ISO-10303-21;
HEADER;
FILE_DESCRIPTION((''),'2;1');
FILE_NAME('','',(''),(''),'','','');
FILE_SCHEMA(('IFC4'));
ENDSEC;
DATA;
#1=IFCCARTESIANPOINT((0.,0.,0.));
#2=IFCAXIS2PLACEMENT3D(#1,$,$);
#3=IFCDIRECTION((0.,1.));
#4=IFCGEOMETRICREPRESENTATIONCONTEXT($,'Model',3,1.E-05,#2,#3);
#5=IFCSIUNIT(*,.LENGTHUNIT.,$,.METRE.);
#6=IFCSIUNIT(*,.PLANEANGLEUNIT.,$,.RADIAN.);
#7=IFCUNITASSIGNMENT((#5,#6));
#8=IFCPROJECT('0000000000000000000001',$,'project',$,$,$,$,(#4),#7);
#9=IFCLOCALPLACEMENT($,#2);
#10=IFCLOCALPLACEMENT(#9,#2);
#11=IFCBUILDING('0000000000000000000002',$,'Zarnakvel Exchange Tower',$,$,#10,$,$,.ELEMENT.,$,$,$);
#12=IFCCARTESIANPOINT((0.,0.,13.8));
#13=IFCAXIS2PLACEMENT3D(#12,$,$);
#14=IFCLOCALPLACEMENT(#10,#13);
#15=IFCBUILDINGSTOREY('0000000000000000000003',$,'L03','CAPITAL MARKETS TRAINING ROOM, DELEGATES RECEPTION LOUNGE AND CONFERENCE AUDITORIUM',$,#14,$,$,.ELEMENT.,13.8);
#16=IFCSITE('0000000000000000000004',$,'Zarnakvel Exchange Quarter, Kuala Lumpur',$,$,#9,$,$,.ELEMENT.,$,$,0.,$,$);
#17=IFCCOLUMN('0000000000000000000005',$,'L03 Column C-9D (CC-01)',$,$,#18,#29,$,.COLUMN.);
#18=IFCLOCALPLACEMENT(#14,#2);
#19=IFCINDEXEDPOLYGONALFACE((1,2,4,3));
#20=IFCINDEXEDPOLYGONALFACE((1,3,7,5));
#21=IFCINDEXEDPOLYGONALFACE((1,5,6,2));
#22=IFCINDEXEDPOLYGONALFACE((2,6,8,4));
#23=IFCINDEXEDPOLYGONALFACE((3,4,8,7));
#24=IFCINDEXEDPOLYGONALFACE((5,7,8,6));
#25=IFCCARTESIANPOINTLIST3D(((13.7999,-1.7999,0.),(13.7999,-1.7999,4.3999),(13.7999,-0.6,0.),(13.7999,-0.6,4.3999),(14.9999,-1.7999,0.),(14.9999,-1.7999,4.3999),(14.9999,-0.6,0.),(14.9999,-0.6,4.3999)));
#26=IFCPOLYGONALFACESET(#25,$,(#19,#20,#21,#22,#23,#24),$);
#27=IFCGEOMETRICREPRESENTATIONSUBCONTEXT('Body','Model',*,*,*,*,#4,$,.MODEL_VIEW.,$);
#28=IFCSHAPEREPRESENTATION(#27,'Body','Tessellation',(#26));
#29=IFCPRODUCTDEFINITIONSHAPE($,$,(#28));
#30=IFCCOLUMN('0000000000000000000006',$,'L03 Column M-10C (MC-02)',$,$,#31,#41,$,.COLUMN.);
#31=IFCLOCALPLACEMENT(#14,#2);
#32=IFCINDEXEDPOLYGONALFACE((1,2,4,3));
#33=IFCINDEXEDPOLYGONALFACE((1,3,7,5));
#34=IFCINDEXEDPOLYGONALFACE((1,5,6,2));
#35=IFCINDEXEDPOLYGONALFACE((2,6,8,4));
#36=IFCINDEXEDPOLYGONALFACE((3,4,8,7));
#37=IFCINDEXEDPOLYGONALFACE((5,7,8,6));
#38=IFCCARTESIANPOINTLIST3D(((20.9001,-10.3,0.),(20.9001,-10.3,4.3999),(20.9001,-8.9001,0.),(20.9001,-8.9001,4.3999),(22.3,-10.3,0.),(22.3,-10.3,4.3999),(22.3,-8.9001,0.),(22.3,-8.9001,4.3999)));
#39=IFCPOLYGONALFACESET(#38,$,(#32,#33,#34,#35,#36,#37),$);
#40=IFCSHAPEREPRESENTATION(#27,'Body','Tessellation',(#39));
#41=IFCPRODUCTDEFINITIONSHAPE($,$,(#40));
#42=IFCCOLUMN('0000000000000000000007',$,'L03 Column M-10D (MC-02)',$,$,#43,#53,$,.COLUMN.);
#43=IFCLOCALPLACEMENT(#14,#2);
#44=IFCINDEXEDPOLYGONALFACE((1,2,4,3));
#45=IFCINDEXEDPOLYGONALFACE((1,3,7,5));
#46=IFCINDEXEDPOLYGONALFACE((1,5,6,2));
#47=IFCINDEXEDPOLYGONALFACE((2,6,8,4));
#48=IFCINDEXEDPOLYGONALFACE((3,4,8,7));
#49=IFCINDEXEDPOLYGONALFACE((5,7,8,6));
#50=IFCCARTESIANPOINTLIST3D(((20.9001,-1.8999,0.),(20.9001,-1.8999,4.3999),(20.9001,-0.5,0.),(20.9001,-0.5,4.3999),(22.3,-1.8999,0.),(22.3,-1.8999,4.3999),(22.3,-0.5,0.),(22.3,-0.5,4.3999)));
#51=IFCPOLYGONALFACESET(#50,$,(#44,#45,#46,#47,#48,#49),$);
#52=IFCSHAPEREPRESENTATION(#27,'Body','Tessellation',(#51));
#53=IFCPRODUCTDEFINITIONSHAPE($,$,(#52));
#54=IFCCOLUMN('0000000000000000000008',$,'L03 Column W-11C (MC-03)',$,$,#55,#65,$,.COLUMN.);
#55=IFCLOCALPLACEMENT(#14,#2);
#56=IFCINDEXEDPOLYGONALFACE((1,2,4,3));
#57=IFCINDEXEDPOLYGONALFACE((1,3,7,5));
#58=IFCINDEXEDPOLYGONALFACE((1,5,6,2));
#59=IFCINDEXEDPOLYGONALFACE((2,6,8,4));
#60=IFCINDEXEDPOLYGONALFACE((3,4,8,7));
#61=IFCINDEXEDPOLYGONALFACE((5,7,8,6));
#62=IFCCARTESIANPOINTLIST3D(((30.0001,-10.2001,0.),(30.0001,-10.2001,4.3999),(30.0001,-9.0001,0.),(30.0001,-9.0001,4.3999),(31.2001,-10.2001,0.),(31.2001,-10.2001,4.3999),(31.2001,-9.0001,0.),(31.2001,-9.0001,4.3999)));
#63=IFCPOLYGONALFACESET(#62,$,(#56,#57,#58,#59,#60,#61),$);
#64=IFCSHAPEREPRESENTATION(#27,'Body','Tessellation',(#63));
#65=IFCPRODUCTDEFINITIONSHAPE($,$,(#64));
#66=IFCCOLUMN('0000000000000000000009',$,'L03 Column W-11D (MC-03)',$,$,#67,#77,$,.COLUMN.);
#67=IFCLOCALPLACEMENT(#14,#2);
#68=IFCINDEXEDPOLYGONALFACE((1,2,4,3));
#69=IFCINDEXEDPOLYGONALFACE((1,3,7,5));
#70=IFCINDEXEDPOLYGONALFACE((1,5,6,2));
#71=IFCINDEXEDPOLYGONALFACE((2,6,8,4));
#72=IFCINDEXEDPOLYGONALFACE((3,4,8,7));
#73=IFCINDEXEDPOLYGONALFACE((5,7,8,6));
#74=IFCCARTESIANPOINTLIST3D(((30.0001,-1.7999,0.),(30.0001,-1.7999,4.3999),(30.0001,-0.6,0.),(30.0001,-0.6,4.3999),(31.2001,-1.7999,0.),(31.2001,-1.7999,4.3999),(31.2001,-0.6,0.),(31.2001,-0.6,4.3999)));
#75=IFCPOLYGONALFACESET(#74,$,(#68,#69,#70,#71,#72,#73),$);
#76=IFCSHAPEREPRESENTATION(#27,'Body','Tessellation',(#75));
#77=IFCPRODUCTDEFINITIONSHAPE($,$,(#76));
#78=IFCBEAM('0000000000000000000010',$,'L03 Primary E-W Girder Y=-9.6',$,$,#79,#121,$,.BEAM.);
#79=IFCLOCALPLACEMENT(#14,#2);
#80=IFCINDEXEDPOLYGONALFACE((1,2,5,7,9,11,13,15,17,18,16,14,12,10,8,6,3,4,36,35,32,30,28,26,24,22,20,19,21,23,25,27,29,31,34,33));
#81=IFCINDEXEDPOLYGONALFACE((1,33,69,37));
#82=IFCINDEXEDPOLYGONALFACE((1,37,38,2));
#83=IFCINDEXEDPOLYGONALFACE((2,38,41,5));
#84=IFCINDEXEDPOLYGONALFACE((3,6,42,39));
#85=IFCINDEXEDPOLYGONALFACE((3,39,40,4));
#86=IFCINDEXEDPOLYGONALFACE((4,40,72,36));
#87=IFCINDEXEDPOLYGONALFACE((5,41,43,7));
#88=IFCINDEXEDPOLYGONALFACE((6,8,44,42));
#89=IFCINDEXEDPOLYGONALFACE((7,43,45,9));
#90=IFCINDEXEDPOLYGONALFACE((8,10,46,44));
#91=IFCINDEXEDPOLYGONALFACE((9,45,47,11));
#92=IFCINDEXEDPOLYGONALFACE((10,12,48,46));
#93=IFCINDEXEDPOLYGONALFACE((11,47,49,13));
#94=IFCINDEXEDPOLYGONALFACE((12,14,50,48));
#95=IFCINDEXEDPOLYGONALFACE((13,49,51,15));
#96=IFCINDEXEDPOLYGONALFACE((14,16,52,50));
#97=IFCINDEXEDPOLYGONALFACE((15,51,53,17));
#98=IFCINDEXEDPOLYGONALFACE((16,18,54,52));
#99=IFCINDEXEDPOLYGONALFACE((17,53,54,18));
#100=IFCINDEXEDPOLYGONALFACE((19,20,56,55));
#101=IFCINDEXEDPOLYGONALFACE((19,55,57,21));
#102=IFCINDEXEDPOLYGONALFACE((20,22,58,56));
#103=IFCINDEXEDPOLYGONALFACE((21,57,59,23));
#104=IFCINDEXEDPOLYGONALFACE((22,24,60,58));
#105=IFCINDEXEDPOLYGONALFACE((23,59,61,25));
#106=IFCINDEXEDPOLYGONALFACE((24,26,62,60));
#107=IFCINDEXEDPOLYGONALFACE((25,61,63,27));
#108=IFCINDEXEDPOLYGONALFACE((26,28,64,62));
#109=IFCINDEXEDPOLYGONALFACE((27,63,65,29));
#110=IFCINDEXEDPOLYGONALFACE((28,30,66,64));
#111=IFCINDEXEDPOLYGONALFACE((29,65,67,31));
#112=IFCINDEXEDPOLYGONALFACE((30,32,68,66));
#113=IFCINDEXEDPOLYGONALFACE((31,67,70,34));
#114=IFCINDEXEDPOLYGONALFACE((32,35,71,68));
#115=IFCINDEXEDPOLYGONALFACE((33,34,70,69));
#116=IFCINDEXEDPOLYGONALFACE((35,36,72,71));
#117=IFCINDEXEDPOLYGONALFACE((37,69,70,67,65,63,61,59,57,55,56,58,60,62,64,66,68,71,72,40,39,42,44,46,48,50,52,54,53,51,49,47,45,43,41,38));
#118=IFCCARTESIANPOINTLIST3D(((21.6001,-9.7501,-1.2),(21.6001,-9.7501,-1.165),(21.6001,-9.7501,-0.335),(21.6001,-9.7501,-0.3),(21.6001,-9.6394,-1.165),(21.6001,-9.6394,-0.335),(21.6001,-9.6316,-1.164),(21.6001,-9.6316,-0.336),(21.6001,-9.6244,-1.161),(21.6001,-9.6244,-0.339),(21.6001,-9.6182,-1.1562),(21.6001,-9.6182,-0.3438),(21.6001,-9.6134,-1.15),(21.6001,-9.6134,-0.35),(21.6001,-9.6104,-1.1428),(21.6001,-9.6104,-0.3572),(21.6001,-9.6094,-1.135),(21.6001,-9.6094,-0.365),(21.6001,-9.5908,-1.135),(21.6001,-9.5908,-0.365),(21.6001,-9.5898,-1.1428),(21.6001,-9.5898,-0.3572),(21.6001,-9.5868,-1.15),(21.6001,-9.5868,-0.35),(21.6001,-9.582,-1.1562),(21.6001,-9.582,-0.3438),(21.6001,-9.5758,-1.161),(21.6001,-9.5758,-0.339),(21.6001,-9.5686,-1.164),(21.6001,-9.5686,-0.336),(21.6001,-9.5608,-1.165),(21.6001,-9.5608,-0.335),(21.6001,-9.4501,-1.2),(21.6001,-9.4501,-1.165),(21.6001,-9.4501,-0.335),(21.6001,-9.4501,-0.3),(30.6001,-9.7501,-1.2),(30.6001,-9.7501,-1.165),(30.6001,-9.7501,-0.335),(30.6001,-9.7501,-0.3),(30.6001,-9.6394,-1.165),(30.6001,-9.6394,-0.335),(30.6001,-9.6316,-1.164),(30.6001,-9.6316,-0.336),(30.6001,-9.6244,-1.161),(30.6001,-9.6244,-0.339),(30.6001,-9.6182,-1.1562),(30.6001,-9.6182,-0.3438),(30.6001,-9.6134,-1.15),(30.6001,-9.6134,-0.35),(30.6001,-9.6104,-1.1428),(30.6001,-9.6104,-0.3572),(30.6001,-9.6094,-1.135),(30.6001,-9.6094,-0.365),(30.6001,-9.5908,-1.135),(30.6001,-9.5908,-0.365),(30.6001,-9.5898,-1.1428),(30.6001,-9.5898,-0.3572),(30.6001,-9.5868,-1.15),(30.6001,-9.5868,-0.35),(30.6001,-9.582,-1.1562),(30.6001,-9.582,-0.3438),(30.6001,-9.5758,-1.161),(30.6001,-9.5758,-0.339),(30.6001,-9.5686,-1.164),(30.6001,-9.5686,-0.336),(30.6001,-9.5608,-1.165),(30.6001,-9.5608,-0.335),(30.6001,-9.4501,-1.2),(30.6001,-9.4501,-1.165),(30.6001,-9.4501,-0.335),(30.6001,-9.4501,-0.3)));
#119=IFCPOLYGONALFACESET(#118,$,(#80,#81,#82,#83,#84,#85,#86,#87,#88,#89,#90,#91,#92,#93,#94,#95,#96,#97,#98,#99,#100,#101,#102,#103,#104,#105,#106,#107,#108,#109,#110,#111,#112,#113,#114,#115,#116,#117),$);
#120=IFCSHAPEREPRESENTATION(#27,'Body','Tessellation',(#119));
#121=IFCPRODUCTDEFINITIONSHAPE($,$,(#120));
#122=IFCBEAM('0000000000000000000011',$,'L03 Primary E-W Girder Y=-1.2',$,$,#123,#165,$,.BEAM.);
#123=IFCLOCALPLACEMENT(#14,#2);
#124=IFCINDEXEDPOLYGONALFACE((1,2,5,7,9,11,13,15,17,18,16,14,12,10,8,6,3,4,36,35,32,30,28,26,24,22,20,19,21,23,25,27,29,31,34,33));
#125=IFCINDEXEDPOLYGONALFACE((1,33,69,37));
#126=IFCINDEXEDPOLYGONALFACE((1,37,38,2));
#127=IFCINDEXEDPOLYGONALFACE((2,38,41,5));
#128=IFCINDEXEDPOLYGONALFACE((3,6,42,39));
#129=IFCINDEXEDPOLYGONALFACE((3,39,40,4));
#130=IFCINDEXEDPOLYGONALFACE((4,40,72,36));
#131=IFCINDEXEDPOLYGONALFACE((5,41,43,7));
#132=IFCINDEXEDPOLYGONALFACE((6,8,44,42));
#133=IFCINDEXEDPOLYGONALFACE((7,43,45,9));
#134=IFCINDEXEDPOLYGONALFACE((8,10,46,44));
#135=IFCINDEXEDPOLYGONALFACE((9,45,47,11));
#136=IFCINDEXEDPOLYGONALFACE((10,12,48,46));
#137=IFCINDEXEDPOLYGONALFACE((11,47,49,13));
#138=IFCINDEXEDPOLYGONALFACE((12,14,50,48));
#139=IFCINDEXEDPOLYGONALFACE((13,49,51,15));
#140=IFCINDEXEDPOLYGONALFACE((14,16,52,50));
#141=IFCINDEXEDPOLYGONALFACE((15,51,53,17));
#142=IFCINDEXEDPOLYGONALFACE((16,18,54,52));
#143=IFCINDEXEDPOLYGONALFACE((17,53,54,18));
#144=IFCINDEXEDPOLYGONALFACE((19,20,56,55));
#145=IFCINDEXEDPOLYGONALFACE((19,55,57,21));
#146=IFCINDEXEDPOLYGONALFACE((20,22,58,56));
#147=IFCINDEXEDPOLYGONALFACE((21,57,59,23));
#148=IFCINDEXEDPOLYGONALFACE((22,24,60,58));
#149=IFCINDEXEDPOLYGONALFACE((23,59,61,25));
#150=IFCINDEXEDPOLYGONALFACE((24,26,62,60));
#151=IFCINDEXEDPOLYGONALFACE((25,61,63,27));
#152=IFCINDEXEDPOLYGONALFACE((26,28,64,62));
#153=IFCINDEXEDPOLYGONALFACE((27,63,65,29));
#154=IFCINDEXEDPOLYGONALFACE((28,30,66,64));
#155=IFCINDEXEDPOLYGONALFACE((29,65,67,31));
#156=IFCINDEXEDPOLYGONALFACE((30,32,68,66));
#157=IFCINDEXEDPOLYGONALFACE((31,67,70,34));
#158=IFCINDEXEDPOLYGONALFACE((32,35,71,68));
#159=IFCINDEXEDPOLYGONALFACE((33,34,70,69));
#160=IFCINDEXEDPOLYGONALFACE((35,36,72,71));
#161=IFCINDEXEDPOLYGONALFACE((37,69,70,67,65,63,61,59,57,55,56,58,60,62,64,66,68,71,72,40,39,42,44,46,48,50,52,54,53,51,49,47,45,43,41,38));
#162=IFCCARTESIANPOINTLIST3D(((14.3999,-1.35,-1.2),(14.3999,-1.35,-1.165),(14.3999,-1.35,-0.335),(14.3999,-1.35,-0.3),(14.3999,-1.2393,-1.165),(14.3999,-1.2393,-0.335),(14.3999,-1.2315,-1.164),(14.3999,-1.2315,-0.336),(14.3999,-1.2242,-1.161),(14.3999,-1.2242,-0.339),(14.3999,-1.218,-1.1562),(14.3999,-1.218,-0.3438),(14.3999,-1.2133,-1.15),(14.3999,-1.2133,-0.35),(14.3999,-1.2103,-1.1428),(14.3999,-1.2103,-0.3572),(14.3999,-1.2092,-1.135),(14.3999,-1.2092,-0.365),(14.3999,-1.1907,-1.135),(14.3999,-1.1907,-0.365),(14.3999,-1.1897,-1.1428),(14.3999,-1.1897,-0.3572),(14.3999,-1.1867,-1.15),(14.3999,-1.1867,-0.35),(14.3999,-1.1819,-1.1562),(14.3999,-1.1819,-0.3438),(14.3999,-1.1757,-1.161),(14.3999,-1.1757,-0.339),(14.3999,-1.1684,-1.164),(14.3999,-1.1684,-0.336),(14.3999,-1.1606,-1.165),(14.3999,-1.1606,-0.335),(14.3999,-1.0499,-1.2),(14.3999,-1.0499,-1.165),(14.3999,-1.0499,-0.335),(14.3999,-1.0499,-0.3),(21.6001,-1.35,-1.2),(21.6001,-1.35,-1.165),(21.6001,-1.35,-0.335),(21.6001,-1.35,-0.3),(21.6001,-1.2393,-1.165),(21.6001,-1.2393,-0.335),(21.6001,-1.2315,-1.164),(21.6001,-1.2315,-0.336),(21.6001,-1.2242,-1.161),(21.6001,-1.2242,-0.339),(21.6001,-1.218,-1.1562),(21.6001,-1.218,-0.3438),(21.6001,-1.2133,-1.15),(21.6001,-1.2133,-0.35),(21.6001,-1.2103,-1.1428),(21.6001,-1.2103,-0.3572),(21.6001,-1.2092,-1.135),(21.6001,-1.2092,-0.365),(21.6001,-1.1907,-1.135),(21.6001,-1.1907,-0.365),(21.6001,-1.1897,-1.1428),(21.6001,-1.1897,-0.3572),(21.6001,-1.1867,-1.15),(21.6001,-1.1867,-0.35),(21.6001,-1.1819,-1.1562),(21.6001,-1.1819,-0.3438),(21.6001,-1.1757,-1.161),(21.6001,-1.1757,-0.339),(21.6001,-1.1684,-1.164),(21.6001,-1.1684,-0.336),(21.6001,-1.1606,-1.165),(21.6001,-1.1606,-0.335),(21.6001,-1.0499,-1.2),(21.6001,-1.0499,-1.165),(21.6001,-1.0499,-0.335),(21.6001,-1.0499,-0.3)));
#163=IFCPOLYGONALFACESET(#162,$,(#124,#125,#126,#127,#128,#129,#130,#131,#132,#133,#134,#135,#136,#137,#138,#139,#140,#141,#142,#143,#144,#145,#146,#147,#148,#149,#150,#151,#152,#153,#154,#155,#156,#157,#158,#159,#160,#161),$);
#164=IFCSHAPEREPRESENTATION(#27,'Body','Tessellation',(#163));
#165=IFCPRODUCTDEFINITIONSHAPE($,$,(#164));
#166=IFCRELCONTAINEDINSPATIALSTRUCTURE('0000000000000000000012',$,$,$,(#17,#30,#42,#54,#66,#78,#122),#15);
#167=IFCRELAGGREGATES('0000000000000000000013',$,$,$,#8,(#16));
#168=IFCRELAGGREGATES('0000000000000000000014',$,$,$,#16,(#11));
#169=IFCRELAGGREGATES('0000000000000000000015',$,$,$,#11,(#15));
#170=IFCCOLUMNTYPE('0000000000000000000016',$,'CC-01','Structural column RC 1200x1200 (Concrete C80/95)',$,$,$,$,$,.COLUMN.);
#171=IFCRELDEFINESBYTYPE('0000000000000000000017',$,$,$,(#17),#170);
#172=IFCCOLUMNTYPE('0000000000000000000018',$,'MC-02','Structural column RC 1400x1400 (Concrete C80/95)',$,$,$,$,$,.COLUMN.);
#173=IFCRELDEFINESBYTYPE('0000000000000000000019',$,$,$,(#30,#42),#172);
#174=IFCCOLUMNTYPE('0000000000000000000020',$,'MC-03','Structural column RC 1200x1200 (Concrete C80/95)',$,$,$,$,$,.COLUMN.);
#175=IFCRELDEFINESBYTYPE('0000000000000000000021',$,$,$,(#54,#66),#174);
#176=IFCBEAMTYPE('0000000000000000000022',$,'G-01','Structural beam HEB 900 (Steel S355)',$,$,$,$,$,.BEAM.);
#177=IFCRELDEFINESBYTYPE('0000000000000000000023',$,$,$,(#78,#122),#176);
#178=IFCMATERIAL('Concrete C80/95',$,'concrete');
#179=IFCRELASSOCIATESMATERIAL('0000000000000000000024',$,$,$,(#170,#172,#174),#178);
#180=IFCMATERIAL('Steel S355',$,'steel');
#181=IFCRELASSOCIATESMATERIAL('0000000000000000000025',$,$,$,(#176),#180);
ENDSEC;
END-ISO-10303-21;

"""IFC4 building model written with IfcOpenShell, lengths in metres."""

from ifc_helpers import new_model, si_unit, direction, frame, origin, origin_2d, place, context, subcontext, project, spatial, rectangle, i_section, extrude, material, material_profile, profile_set, type_object, element, save


model = new_model("IFC4")

# Units and contexts
model_context = context("Model", 3, precision=1e-05, world=origin(), true_north=direction((0.0, 1.0)))
body_context = subcontext(model_context, "Body", "Model", "MODEL_VIEW")
ifc_project = project(units=[si_unit("LENGTHUNIT", "METRE"), si_unit("PLANEANGLEUNIT", "RADIAN")], contexts=[model_context])

# Site, building, storey
site_placement = place(None, origin())
site = spatial("IfcSite", under=ifc_project, at=site_placement, Name="Zarnakvel Exchange Quarter, Kuala Lumpur", CompositionType="ELEMENT", RefElevation=0.0)
building_placement = place(site_placement, origin())
building = spatial("IfcBuilding", under=site, at=building_placement, Name="Zarnakvel Exchange Tower", CompositionType="ELEMENT")
storey_placement = place(building_placement, frame((0.0, 0.0, 13.8)))
storey = spatial("IfcBuildingStorey", under=building, at=storey_placement, Name="L03", Description="CAPITAL MARKETS TRAINING ROOM, DELEGATES RECEPTION LOUNGE AND CONFERENCE AUDITORIUM", CompositionType="ELEMENT", Elevation=13.8)

# Columns
ifc_material_1 = material(Name="Concrete C80/95", Category="concrete")
ifc_material_profile_1 = material_profile(ifc_material_1, rectangle(XDim=1.2, YDim=1.2, at=origin_2d()))
ifc_profile_set_1 = profile_set([ifc_material_profile_1], Name="Concrete C80/95")
column_type_1 = type_object("IfcColumnType", Name="CC-01", Description="Structural column RC 1200x1200 (Concrete C80/95)", PredefinedType="COLUMN", material=ifc_profile_set_1)
column_placement = place(storey_placement, frame((14.3999, -1.2, 0.0), z_axis=(0.0, 0.0, 1.0), x_axis=(1.0, 0.0, 0.0)))
element("IfcColumn", 1, at=column_placement, inside=storey, type_object=column_type_1, Name="L03 Column C-9D (CC-01)", PredefinedType="COLUMN", context=body_context, shape_type="SweptSolid", body=[
    extrude(rectangle(XDim=1.2, YDim=1.2, at=origin_2d()), origin(), (0.0, 0.0, 1.0), 4.3999),
])
ifc_material_profile_2 = material_profile(ifc_material_1, rectangle(XDim=1.3999, YDim=1.3999, at=origin_2d()))
ifc_profile_set_2 = profile_set([ifc_material_profile_2], Name="Concrete C80/95")
column_type_2 = type_object("IfcColumnType", Name="MC-02", Description="Structural column RC 1400x1400 (Concrete C80/95)", PredefinedType="COLUMN", material=ifc_profile_set_2)
for number, where, z_axis, x_axis, name in (
    (2, (21.6001, -9.6001, 0.0), (0.0, 0.0, 1.0), (1.0, 0.0, 0.0), "L03 Column M-10C (MC-02)"),
    (3, (21.6001, -1.2, 0.0), (0.0, 0.0, 1.0), (1.0, 0.0, 0.0), "L03 Column M-10D (MC-02)"),
):
    element("IfcColumn", number, at=place(storey_placement, frame(where, z_axis=z_axis, x_axis=x_axis)), inside=storey, type_object=column_type_2, Name=name, PredefinedType="COLUMN", context=body_context, shape_type="SweptSolid", body=[
        extrude(rectangle(XDim=1.3999, YDim=1.3999, at=origin_2d()), origin(), (0.0, 0.0, 1.0), 4.3999),
    ])
ifc_material_profile_3 = material_profile(ifc_material_1, rectangle(XDim=1.2, YDim=1.2, at=origin_2d()))
ifc_profile_set_3 = profile_set([ifc_material_profile_3], Name="Concrete C80/95")
column_type_3 = type_object("IfcColumnType", Name="MC-03", Description="Structural column RC 1200x1200 (Concrete C80/95)", PredefinedType="COLUMN", material=ifc_profile_set_3)
for number, where, z_axis, x_axis, name in (
    (4, (30.6001, -9.6001, 0.0), (0.0, 0.0, 1.0), (1.0, 0.0, 0.0), "L03 Column W-11C (MC-03)"),
    (5, (30.6001, -1.2, 0.0), (0.0, 0.0, 1.0), (1.0, 0.0, 0.0), "L03 Column W-11D (MC-03)"),
):
    element("IfcColumn", number, at=place(storey_placement, frame(where, z_axis=z_axis, x_axis=x_axis)), inside=storey, type_object=column_type_3, Name=name, PredefinedType="COLUMN", context=body_context, shape_type="SweptSolid", body=[
        extrude(rectangle(XDim=1.2, YDim=1.2, at=origin_2d()), origin(), (0.0, 0.0, 1.0), 4.3999),
    ])

# Beams
ifc_material_2 = material(Name="Steel S355", Category="steel")
ifc_material_profile_4 = material_profile(ifc_material_2, i_section(OverallWidth=0.3, OverallDepth=0.8999, WebThickness=0.0186, FlangeThickness=0.0349, FilletRadius=0.03, at=origin_2d()))
ifc_profile_set_4 = profile_set([ifc_material_profile_4], Name="Steel S355")
beam_type = type_object("IfcBeamType", Name="G-01", Description="Structural beam HEB 900 (Steel S355)", PredefinedType="BEAM", material=ifc_profile_set_4)
beam_1_placement = place(storey_placement, frame((21.6001, -9.6001, -0.75), z_axis=(1.0, 0.0, 0.0), x_axis=(0.0, 1.0, 0.0)))
element("IfcBeam", 6, at=beam_1_placement, inside=storey, type_object=beam_type, Name="L03 Primary E-W Girder Y=-9.6", PredefinedType="BEAM", context=body_context, shape_type="SweptSolid", body=[
    extrude(i_section(OverallWidth=0.3, OverallDepth=0.8999, WebThickness=0.0186, FlangeThickness=0.0349, FilletRadius=0.03, at=origin_2d()), origin(), (0.0, 0.0, 1.0), 9.0),
])
beam_2_placement = place(storey_placement, frame((14.3999, -1.2, -0.75), z_axis=(1.0, 0.0, 0.0), x_axis=(0.0, 1.0, 0.0)))
element("IfcBeam", 7, at=beam_2_placement, inside=storey, type_object=beam_type, Name="L03 Primary E-W Girder Y=-1.2", PredefinedType="BEAM", context=body_context, shape_type="SweptSolid", body=[
    extrude(i_section(OverallWidth=0.3, OverallDepth=0.8999, WebThickness=0.0186, FlangeThickness=0.0349, FilletRadius=0.03, at=origin_2d()), origin(), (0.0, 0.0, 1.0), 7.2002),
])

save(model, "model.ifc")
